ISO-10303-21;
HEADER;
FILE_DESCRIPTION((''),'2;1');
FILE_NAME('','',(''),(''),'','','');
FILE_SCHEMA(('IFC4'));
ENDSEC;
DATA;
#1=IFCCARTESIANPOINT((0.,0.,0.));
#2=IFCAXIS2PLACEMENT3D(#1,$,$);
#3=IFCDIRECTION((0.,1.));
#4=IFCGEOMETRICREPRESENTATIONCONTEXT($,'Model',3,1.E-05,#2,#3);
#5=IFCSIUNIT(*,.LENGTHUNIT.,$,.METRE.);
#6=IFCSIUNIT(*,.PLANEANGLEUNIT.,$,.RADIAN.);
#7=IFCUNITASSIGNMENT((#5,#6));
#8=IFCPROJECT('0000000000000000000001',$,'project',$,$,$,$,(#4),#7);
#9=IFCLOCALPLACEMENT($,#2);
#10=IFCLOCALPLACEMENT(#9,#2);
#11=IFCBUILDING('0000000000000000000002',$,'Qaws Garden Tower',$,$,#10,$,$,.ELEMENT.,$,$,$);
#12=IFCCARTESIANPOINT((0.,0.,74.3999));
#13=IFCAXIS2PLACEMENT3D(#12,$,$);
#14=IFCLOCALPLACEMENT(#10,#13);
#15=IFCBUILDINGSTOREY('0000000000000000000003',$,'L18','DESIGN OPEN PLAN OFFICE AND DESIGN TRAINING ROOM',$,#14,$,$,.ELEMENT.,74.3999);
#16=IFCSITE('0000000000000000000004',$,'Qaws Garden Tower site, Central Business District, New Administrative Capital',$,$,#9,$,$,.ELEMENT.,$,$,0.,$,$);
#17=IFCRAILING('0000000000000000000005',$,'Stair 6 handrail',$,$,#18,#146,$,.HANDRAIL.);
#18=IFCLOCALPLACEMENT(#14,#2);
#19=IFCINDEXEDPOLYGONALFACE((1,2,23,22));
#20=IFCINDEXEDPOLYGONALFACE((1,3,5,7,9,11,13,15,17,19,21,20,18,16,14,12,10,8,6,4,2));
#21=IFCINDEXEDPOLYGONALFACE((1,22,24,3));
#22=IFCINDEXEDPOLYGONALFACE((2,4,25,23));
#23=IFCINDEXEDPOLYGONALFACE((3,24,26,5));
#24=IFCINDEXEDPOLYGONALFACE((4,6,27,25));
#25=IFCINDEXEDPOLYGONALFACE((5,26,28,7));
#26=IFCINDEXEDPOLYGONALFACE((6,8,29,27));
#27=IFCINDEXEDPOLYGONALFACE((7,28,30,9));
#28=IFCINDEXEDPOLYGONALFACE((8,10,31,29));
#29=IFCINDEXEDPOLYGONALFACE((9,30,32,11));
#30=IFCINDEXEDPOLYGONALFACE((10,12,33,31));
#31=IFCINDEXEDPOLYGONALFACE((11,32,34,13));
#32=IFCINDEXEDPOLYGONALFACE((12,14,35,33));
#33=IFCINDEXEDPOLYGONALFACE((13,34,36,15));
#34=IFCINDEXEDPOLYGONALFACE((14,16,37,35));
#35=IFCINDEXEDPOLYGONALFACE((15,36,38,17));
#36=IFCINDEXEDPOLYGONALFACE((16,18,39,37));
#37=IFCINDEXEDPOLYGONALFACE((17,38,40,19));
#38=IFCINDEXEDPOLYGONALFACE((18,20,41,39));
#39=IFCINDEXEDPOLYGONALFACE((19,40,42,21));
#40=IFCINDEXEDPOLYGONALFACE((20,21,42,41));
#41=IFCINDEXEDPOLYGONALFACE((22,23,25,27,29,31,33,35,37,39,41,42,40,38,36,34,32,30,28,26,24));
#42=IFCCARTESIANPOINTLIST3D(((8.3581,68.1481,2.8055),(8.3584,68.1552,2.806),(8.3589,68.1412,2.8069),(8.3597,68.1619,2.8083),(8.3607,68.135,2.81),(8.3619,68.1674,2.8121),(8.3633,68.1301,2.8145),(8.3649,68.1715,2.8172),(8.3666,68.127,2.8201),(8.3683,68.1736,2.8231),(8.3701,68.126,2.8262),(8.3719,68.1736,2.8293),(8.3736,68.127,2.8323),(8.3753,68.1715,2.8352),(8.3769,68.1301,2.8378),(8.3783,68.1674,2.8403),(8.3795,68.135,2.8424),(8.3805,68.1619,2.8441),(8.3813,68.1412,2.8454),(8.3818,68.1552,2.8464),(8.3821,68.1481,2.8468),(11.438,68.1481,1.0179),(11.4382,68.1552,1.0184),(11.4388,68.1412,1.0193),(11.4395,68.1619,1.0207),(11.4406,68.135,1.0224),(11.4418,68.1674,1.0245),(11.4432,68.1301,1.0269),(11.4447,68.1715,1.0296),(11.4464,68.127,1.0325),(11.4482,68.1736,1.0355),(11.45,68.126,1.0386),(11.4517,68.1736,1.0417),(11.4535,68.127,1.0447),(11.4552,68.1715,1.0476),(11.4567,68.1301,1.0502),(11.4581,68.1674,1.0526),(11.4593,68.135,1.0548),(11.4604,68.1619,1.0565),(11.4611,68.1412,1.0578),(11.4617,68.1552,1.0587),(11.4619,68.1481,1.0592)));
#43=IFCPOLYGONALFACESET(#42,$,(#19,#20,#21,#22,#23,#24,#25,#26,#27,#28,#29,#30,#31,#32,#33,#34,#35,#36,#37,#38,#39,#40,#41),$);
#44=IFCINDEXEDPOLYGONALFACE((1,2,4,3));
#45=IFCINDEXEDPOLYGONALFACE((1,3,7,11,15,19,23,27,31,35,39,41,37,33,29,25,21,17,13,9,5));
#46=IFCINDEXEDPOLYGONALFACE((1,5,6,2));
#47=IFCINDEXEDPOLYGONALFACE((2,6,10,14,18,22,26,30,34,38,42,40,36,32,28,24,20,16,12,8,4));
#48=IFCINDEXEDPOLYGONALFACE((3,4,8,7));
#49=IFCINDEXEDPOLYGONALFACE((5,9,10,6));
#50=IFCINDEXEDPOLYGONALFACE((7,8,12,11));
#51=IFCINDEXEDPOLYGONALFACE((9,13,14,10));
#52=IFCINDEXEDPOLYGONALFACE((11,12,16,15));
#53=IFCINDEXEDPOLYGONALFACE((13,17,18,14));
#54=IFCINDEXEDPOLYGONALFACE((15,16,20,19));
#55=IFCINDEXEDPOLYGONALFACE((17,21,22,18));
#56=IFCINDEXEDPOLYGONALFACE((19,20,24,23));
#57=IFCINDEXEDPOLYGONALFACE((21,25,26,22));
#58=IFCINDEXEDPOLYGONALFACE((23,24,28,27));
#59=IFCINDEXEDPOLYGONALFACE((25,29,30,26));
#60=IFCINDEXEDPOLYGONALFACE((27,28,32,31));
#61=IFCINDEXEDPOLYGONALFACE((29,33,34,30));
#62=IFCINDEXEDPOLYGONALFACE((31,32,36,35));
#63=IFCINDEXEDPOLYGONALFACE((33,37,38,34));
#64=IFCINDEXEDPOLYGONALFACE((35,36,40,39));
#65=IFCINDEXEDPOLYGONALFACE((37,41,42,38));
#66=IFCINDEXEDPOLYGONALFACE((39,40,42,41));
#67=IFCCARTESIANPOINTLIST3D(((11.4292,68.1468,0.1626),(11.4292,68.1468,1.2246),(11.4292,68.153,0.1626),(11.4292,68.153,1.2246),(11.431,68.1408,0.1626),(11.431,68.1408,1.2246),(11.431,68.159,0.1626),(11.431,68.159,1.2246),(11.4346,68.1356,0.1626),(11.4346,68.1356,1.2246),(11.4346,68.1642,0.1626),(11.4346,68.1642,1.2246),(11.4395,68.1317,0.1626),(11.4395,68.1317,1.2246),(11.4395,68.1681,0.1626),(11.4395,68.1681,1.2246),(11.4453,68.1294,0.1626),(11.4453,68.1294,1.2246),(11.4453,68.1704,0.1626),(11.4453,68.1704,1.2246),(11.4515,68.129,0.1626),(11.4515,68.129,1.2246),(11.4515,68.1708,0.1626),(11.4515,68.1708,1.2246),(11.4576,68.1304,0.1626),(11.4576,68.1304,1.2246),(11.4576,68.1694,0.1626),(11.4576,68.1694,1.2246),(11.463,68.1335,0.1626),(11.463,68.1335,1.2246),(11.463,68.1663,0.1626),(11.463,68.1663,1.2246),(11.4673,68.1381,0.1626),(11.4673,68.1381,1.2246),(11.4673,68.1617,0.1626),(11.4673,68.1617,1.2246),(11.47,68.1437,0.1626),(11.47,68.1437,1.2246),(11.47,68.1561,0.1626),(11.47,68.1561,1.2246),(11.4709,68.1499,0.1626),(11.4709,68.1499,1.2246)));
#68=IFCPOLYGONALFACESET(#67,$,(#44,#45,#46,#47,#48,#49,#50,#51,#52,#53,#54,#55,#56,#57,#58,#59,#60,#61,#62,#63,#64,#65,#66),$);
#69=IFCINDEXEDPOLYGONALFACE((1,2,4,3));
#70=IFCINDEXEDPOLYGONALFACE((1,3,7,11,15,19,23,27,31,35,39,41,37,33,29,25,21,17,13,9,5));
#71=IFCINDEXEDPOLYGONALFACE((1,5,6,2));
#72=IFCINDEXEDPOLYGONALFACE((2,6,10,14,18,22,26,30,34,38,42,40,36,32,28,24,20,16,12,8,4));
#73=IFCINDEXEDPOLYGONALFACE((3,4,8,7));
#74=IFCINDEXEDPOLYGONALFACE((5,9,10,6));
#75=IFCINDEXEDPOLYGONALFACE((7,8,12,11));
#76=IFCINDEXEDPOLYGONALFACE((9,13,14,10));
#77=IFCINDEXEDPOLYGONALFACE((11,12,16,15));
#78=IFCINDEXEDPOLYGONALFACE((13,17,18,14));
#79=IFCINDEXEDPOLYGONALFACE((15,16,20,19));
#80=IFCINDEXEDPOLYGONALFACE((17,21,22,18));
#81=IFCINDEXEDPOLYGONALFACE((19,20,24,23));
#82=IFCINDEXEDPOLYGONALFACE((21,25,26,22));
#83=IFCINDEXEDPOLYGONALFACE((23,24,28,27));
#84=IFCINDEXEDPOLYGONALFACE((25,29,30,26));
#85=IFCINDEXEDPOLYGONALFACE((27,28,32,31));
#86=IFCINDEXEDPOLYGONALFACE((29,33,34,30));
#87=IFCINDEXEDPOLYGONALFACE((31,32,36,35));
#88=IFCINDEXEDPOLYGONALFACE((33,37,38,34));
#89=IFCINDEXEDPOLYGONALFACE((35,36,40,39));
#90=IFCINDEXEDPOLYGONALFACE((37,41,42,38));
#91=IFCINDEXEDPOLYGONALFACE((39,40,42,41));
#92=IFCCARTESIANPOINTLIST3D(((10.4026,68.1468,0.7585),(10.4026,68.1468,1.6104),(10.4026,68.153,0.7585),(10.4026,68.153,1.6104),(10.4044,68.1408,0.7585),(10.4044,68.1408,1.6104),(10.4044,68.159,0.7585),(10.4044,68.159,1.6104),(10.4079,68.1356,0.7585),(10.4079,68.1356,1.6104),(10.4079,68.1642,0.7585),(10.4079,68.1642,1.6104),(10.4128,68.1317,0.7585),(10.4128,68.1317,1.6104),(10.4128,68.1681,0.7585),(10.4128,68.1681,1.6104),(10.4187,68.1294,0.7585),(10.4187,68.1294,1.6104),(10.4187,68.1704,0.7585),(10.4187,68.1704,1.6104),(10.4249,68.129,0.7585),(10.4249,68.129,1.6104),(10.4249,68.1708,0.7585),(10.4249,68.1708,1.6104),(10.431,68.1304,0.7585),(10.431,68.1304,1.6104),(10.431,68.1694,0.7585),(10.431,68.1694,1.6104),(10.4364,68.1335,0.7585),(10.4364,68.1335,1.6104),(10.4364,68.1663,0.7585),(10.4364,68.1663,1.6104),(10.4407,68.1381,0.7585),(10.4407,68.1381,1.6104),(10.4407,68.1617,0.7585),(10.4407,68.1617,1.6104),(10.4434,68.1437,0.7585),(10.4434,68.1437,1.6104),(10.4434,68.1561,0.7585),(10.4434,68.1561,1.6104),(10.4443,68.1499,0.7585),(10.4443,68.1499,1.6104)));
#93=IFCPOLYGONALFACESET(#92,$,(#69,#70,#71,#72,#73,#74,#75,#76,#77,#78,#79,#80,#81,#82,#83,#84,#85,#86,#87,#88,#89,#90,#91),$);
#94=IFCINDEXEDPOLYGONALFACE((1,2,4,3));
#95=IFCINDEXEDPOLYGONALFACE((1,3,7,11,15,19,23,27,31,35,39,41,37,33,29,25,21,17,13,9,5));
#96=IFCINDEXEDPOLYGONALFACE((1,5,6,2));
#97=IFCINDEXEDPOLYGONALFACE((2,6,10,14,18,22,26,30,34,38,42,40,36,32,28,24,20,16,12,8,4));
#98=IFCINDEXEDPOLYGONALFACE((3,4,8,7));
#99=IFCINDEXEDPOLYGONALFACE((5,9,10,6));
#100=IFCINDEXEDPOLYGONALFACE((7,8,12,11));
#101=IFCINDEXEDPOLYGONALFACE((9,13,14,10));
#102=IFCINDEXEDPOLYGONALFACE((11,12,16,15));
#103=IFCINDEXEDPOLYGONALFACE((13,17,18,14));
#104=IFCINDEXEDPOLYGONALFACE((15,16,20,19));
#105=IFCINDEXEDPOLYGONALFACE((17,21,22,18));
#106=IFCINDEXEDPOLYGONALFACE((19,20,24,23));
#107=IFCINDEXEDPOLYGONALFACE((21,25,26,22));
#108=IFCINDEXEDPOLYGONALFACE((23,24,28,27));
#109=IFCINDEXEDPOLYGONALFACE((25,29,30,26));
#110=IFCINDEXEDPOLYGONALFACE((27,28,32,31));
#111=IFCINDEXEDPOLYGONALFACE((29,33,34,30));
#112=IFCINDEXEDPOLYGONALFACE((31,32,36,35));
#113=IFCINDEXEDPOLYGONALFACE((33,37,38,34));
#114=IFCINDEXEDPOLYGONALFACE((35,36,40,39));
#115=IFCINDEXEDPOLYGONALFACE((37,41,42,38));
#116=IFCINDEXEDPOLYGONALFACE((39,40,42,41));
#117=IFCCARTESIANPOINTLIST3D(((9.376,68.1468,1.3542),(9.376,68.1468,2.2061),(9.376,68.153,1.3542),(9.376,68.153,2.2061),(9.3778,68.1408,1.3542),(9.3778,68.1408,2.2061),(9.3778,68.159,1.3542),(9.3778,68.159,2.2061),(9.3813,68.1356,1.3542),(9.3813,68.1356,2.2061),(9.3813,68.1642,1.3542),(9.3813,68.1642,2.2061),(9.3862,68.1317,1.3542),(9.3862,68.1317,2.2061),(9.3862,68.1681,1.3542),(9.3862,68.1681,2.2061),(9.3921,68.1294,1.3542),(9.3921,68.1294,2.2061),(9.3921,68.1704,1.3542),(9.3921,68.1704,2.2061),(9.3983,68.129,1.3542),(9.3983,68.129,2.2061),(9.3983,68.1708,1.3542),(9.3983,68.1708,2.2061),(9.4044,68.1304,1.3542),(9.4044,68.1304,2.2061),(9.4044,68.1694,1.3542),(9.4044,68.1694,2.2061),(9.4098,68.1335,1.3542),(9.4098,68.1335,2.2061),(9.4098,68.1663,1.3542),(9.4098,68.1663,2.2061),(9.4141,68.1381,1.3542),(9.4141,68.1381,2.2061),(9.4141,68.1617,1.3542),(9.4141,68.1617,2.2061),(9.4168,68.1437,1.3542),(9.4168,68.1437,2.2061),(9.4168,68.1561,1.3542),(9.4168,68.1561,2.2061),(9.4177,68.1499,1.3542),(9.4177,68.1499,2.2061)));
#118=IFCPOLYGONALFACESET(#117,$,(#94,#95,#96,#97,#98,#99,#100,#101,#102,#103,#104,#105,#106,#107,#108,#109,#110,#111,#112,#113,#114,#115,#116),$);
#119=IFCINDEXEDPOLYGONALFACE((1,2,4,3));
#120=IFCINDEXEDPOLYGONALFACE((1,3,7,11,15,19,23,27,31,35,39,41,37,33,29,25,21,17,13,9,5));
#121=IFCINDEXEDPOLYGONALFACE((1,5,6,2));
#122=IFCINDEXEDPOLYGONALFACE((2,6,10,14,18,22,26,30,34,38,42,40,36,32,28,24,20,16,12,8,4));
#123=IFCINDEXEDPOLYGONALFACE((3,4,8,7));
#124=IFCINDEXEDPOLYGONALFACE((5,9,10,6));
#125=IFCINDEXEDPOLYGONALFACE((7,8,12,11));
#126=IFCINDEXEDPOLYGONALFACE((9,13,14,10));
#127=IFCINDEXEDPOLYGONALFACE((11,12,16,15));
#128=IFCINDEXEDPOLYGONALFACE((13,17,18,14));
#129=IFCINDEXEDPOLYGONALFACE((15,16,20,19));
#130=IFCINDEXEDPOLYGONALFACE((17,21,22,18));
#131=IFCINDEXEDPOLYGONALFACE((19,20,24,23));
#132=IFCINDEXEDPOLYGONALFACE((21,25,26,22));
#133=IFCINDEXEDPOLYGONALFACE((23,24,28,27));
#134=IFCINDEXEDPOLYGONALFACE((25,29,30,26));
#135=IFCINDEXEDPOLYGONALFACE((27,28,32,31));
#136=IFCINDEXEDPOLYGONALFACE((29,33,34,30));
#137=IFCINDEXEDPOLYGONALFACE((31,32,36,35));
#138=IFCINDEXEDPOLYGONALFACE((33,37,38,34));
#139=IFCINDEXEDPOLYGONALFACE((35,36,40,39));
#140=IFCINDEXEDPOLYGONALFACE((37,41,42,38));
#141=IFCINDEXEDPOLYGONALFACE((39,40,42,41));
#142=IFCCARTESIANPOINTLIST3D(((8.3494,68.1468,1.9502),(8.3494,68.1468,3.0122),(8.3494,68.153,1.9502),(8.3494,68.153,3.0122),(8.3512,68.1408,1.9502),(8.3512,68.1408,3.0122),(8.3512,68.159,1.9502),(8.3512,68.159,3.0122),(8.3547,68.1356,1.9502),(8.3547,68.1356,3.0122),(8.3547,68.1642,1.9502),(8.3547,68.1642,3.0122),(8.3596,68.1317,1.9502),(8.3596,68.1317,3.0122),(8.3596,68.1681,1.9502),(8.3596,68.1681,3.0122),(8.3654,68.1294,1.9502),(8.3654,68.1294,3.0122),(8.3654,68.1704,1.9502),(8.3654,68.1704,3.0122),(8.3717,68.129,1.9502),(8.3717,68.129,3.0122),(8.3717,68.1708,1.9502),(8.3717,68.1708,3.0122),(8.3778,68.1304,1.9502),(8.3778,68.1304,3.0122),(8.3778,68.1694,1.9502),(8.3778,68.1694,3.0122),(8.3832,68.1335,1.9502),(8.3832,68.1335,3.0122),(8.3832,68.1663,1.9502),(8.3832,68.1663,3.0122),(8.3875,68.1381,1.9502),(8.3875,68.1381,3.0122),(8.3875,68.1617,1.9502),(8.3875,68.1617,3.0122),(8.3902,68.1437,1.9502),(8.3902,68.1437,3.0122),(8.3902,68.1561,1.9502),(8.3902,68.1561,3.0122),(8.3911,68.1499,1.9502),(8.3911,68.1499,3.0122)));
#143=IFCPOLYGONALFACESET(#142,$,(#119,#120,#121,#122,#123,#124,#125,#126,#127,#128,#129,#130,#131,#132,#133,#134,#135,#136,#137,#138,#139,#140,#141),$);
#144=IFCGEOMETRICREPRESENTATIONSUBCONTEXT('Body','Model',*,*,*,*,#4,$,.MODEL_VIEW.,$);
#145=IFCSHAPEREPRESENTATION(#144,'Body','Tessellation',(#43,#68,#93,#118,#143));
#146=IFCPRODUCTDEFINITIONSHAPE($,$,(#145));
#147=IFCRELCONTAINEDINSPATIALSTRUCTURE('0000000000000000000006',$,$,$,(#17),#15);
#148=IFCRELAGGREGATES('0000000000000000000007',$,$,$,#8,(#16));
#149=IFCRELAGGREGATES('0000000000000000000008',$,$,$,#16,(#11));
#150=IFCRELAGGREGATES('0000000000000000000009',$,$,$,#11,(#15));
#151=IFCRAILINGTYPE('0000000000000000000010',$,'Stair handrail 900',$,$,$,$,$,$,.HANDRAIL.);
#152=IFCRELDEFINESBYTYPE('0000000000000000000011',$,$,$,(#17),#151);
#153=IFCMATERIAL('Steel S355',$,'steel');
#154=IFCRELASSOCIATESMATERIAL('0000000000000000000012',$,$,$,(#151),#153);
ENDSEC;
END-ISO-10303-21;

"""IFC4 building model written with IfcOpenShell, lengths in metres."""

from ifc_helpers import new_model, si_unit, direction, frame, origin, origin_2d, place, context, subcontext, project, spatial, circle, extrude, material, type_object, element, save


model = new_model("IFC4")

# Units and contexts
model_context = context("Model", 3, precision=1e-05, world=origin(), true_north=direction((0.0, 1.0)))
body_context = subcontext(model_context, "Body", "Model", "MODEL_VIEW")
ifc_project = project(units=[si_unit("LENGTHUNIT", "METRE"), si_unit("PLANEANGLEUNIT", "RADIAN")], contexts=[model_context])

# Site, building, storey
site_placement = place(None, origin())
site = spatial("IfcSite", under=ifc_project, at=site_placement, Name="Qaws Garden Tower site, Central Business District, New Administrative Capital", CompositionType="ELEMENT", RefElevation=0.0)
building_placement = place(site_placement, origin())
building = spatial("IfcBuilding", under=site, at=building_placement, Name="Qaws Garden Tower", CompositionType="ELEMENT")
storey_placement = place(building_placement, frame((0.0, 0.0, 74.3999)))
storey = spatial("IfcBuildingStorey", under=building, at=storey_placement, Name="L18", Description="DESIGN OPEN PLAN OFFICE AND DESIGN TRAINING ROOM", CompositionType="ELEMENT", Elevation=74.3999)

# Railing
ifc_material_1 = material(Name="Steel S355", Category="steel")
railing_type = type_object("IfcRailingType", Name="Stair handrail 900", PredefinedType="HANDRAIL", material=ifc_material_1)
railing_1_placement = place(storey_placement, frame((11.45, 68.1499, 0.1626)))
element("IfcRailing", 1, at=railing_1_placement, inside=storey, type_object=railing_type, Name="Stair 6 handrail", PredefinedType="HANDRAIL", context=body_context, shape_type="SweptSolid", body=[
    extrude(circle(Radius=0.0239, at=origin_2d()), frame((0.0, 0.0, 0.876), z_axis=(-0.864873, 0.0, 0.50199), x_axis=(0.0, -1.0, 0.0)), (0.0, 0.0, 1.0), 3.561),
    extrude(circle(Radius=0.021, at=origin_2d()), origin(), (0.0, 0.0, 1.0), 1.062),
    extrude(circle(Radius=0.021, at=origin_2d()), frame((-1.0266, 0.0, 0.5959)), (0.0, 0.0, 1.0), 0.8518),
    extrude(circle(Radius=0.021, at=origin_2d()), frame((-2.0532, 0.0, 1.1917)), (0.0, 0.0, 1.0), 0.8518),
    extrude(circle(Radius=0.021, at=origin_2d()), frame((-3.0798, 0.0, 1.7876)), (0.0, 0.0, 1.0), 1.062),
])

save(model, "model.ifc")
